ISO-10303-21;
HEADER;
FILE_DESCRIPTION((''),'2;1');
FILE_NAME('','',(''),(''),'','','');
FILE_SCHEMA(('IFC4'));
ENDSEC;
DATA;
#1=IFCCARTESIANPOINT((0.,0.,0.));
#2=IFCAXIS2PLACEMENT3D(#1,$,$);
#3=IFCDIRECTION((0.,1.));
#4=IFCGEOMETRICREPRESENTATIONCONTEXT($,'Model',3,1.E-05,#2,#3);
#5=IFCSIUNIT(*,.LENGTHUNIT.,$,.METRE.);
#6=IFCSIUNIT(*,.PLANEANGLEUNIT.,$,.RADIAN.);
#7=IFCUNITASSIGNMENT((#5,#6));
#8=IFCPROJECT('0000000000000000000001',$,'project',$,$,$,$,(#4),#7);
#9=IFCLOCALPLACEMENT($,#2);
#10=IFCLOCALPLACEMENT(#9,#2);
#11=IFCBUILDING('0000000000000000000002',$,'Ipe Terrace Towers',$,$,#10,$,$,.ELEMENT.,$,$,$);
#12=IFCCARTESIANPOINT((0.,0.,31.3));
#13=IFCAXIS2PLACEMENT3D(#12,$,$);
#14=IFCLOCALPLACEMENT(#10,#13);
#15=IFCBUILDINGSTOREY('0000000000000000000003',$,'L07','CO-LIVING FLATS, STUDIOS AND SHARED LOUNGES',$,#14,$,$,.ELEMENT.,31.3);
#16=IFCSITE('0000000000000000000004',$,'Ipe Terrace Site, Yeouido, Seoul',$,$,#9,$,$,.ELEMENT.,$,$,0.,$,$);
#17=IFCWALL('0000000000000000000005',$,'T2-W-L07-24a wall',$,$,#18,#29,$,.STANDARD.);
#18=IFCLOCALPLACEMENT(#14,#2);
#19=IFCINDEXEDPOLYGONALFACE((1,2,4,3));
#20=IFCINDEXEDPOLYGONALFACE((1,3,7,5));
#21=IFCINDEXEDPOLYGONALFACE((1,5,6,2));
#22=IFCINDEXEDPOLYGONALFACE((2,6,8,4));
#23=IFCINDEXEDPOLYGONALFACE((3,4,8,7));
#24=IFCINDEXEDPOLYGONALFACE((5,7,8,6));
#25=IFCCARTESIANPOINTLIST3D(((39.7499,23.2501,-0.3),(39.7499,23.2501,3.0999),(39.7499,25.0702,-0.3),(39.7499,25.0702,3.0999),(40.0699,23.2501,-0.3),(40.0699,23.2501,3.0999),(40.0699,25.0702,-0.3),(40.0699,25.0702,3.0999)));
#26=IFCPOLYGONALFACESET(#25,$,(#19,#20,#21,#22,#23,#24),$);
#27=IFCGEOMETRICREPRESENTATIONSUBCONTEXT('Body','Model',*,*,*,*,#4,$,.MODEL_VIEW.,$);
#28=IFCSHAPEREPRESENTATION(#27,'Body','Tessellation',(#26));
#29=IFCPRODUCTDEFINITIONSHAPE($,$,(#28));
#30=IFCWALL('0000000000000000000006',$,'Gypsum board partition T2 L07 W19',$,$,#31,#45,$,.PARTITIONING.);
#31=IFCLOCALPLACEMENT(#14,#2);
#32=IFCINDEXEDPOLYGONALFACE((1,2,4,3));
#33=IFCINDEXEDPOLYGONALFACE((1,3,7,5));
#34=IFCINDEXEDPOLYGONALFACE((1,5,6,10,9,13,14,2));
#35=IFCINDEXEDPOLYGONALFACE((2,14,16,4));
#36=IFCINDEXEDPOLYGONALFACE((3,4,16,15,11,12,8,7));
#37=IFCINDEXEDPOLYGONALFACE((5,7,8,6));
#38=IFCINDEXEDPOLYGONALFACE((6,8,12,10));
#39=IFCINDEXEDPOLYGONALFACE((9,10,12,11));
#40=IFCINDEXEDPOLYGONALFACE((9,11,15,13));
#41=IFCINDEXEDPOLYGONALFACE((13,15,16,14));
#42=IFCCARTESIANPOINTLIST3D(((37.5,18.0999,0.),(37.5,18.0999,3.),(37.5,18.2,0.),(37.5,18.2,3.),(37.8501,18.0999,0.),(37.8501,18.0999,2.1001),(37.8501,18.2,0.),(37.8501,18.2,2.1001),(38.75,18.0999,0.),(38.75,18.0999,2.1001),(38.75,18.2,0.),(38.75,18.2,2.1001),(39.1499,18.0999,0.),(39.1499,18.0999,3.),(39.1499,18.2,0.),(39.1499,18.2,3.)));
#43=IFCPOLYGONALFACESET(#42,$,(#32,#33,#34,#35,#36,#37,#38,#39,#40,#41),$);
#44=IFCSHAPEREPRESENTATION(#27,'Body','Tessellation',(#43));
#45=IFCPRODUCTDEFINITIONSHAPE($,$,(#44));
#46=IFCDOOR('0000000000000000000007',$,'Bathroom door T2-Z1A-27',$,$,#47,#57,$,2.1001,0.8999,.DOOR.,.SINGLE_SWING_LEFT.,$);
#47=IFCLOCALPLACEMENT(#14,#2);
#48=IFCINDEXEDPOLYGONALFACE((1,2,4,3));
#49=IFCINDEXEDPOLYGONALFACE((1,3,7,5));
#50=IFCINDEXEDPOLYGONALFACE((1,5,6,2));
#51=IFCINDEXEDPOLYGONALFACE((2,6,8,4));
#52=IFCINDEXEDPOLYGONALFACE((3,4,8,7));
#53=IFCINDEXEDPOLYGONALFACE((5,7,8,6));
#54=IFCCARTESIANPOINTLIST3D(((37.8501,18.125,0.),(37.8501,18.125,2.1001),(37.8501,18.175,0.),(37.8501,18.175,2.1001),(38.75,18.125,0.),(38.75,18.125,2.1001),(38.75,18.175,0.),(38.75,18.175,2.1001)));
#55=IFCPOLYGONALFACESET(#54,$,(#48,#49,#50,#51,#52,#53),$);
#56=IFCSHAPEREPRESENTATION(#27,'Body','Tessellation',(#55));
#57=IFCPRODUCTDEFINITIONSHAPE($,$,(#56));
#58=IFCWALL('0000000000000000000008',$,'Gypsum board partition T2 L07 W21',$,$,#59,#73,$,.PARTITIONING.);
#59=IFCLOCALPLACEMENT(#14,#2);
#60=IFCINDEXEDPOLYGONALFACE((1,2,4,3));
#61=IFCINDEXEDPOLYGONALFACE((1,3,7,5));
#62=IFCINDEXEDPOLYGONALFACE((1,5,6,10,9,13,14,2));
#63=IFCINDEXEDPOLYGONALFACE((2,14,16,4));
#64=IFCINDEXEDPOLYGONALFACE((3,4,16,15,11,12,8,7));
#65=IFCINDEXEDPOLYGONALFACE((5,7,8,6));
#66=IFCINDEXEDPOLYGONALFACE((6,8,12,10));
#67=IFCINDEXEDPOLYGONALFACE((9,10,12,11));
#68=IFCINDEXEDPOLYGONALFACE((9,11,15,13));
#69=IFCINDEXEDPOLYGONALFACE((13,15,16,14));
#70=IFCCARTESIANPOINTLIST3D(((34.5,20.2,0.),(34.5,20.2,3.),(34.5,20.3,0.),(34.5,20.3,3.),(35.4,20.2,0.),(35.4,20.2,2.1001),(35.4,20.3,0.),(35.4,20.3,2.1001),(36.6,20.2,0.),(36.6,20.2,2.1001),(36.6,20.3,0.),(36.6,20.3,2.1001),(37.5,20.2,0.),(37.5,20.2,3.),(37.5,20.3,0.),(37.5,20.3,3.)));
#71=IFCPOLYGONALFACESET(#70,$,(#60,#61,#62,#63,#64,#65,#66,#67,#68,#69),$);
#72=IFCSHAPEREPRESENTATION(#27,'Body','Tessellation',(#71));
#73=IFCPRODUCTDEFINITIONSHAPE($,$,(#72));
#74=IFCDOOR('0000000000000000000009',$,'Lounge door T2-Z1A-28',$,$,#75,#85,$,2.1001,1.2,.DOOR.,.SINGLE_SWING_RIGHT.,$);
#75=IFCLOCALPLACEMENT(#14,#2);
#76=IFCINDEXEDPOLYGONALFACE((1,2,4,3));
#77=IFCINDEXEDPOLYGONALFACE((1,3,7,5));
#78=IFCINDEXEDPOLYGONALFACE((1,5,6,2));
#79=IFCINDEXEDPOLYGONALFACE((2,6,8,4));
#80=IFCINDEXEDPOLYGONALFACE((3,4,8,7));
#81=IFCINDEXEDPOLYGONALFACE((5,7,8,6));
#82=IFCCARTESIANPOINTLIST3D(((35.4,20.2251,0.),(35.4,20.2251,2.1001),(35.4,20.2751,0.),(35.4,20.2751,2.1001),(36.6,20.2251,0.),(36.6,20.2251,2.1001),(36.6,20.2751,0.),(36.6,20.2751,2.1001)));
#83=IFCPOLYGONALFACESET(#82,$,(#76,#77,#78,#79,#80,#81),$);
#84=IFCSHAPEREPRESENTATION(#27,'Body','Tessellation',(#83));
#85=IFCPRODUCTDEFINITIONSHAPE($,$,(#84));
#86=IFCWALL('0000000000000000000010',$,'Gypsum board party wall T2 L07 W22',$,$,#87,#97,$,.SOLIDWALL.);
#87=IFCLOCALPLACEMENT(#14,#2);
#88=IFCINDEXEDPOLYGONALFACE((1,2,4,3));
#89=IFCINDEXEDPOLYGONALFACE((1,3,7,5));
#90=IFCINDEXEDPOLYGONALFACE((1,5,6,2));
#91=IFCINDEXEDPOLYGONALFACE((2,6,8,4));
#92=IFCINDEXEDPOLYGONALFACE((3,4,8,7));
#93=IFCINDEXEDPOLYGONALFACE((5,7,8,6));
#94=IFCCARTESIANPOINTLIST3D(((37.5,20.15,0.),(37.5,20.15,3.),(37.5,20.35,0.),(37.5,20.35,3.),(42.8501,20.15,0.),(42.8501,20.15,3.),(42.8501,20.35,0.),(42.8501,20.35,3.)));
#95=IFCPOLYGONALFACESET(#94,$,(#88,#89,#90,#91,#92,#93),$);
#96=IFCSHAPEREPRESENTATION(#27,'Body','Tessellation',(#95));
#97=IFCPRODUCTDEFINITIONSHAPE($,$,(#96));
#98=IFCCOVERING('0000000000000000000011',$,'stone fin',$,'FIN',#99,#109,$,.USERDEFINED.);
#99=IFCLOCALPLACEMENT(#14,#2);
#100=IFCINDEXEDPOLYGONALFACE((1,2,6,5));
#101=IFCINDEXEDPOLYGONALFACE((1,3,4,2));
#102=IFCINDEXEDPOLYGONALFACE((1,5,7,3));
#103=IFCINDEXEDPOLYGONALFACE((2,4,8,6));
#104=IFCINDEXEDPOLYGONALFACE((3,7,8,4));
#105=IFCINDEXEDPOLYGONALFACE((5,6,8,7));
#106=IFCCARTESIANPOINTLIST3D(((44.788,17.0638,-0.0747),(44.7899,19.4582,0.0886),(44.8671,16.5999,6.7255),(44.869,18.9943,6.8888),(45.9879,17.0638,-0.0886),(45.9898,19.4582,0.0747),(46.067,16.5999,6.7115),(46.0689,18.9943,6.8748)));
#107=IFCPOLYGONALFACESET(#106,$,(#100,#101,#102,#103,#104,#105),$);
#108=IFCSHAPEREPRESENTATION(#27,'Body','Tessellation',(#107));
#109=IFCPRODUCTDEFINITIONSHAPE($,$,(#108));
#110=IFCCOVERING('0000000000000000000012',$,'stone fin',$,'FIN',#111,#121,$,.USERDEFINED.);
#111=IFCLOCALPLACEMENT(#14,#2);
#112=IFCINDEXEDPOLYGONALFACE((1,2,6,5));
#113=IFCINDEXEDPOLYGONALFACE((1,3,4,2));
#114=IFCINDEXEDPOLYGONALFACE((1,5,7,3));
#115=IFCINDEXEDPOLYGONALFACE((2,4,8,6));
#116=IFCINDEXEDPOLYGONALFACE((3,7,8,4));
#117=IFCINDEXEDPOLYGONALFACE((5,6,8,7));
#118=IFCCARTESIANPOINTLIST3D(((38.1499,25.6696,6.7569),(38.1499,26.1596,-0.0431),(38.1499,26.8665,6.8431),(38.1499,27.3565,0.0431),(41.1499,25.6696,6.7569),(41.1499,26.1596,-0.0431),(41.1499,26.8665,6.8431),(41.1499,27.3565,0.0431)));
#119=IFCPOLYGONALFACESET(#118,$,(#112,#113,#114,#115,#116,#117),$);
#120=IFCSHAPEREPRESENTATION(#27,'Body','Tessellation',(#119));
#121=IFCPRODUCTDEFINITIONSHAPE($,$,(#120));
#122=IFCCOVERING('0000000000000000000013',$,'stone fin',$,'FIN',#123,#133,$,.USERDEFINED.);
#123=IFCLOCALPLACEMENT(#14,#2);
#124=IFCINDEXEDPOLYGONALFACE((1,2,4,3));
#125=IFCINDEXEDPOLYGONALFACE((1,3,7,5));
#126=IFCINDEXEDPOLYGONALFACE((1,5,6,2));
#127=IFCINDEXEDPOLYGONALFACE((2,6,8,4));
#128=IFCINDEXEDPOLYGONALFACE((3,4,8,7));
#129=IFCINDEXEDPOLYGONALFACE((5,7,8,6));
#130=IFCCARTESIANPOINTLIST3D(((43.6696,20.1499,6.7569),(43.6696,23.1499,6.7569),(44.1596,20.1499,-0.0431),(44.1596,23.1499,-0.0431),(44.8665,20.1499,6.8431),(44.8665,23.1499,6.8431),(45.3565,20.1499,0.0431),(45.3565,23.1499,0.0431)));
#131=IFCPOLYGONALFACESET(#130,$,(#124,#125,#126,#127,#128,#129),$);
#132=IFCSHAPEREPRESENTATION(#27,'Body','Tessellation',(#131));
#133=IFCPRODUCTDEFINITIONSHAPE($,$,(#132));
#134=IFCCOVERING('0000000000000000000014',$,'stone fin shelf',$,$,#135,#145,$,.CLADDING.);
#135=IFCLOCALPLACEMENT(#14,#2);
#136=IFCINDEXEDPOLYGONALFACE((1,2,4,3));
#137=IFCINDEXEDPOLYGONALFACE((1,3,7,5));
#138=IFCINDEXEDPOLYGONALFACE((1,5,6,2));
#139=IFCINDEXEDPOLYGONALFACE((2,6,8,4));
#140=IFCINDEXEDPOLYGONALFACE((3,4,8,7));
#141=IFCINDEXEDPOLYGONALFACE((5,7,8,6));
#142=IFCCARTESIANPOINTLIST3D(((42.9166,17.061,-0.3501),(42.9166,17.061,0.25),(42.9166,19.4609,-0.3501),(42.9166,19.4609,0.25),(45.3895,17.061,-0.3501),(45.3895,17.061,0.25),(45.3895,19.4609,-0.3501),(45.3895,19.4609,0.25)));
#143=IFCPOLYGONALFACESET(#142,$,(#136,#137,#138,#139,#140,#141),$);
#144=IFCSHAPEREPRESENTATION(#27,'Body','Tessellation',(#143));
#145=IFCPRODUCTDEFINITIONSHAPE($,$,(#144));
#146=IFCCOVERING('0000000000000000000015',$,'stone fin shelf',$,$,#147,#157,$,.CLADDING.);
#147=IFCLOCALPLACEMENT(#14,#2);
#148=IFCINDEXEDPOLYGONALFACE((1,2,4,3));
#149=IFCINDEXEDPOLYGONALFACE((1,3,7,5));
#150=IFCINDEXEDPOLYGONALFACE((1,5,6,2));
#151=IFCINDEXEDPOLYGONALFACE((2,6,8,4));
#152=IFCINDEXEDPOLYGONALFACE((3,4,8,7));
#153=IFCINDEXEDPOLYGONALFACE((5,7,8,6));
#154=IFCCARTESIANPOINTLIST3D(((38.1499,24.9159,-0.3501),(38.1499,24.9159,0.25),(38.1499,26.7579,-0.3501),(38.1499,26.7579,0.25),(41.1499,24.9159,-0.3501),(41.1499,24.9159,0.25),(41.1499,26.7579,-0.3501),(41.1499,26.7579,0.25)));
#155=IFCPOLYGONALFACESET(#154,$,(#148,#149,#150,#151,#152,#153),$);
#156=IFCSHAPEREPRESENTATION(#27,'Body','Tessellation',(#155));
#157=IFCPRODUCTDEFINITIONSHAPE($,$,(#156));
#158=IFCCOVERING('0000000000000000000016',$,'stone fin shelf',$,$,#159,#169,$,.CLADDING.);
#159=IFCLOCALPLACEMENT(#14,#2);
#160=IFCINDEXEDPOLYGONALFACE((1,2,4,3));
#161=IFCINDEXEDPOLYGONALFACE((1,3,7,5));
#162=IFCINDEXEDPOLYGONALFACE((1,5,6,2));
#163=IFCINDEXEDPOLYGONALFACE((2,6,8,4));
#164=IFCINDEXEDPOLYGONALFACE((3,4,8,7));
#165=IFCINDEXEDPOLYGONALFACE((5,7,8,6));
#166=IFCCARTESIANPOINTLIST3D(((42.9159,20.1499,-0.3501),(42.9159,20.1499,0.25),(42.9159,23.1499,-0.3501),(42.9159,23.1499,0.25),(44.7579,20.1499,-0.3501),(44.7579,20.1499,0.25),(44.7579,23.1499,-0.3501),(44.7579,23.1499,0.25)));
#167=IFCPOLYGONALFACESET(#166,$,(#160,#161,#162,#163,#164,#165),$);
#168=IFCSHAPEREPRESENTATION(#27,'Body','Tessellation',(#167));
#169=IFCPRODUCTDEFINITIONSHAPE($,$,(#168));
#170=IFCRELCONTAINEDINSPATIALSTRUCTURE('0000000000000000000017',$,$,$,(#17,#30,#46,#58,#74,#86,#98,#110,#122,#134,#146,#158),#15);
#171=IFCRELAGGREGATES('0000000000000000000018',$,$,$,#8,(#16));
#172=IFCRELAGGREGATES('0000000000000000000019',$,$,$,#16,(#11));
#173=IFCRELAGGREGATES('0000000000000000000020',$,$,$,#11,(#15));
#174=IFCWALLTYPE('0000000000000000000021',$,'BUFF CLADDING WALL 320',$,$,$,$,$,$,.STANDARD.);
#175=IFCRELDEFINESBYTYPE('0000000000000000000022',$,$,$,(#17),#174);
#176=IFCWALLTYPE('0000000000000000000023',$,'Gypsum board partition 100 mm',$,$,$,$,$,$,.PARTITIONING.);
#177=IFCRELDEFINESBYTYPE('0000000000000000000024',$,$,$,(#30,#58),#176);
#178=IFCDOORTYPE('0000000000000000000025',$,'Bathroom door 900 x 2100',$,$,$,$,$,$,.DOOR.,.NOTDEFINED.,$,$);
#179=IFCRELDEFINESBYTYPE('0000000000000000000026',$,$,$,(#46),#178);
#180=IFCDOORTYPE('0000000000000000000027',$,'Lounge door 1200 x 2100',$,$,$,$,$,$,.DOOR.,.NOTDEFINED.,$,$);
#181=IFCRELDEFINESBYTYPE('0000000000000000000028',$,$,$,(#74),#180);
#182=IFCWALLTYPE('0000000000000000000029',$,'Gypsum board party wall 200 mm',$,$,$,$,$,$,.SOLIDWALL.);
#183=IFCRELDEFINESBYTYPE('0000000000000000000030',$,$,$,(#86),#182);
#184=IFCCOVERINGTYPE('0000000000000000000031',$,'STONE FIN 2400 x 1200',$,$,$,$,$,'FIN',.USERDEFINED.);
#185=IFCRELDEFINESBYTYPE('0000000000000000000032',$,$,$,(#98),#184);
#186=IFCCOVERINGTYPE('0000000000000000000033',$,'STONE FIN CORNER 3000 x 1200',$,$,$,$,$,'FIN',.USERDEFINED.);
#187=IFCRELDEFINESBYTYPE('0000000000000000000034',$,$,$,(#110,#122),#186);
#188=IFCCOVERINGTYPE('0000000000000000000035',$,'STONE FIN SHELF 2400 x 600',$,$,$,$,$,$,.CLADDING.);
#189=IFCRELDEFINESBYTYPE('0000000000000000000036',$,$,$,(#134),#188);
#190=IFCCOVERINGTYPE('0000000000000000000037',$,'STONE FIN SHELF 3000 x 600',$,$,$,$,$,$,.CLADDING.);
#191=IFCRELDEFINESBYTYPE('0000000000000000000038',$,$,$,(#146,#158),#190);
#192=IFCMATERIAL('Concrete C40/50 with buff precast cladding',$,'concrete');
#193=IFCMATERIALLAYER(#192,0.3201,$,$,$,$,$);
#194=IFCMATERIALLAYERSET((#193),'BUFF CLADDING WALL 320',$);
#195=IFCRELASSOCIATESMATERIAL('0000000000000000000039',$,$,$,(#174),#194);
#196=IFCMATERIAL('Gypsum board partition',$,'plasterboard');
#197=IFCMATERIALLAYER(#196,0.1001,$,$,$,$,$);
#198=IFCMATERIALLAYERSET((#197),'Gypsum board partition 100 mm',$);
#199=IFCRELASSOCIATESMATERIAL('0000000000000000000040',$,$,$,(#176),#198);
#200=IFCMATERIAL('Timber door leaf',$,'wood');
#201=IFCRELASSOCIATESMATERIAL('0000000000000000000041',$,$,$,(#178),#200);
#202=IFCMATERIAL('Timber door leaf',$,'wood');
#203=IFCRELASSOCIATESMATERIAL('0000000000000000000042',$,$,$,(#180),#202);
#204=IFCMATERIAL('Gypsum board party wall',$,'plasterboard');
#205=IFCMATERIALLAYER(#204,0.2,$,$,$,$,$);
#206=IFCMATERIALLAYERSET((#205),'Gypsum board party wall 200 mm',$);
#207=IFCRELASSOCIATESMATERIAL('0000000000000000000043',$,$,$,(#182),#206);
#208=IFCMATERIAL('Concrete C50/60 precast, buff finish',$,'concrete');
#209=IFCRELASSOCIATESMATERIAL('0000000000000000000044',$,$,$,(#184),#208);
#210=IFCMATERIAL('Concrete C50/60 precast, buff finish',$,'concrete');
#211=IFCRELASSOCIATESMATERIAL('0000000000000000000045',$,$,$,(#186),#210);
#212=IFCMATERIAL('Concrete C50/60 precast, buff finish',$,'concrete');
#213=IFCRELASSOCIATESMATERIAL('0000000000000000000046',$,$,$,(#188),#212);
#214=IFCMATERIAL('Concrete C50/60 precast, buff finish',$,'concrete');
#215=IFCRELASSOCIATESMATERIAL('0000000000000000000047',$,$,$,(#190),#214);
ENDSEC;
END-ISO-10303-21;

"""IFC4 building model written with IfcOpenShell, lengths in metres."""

from ifc_helpers import new_model, si_unit, direction, frame, frame_2d, origin, origin_2d, place, context, subcontext, project, spatial, rectangle, extrude, material, layer, layer_set, material_profile, profile_set, type_object, element, fill, save


model = new_model("IFC4")

# Units and contexts
model_context = context("Model", 3, precision=1e-05, world=origin(), true_north=direction((0.0, 1.0)))
body_context = subcontext(model_context, "Body", "Model", "MODEL_VIEW")
ifc_project = project(units=[si_unit("LENGTHUNIT", "METRE"), si_unit("PLANEANGLEUNIT", "RADIAN")], contexts=[model_context])

# Site, building, storey
site_placement = place(None, origin())
site = spatial("IfcSite", under=ifc_project, at=site_placement, Name="Ipe Terrace Site, Yeouido, Seoul", CompositionType="ELEMENT", RefElevation=0.0)
building_placement = place(site_placement, origin())
building = spatial("IfcBuilding", under=site, at=building_placement, Name="Ipe Terrace Towers", CompositionType="ELEMENT")
storey_placement = place(building_placement, frame((0.0, 0.0, 31.3)))
storey = spatial("IfcBuildingStorey", under=building, at=storey_placement, Name="L07", Description="CO-LIVING FLATS, STUDIOS AND SHARED LOUNGES", CompositionType="ELEMENT", Elevation=31.3)

# Wall
ifc_material_1 = material(Name="Concrete C40/50 with buff precast cladding", Category="concrete")
ifc_layer_1 = layer(ifc_material_1, 0.3201)
ifc_layer_set_1 = layer_set([ifc_layer_1], Name="BUFF CLADDING WALL 320")
wall_type_1 = type_object("IfcWallType", Name="BUFF CLADDING WALL 320", PredefinedType="STANDARD", material=ifc_layer_set_1)
wall_1_placement = place(storey_placement, frame((39.9099, 23.25, -0.3), z_axis=(0.0, 0.0, 1.0), x_axis=(0.0, 1.0, 0.0)))
element("IfcWall", 1, at=wall_1_placement, inside=storey, type_object=wall_type_1, Name="T2-W-L07-24a wall", PredefinedType="STANDARD", context=body_context, shape_type="SweptSolid", body=[
    extrude(rectangle(XDim=1.8201, YDim=0.3201, at=frame_2d((0.9102, 0.0))), origin(), (0.0, 0.0, 1.0), 3.3999),
])

# Walls, openings, doors
ifc_material_2 = material(Name="Gypsum board partition", Category="plasterboard")
ifc_layer_2 = layer(ifc_material_2, 0.1001)
ifc_layer_set_2 = layer_set([ifc_layer_2], Name="Gypsum board partition 100 mm")
wall_type_2 = type_object("IfcWallType", Name="Gypsum board partition 100 mm", PredefinedType="PARTITIONING", material=ifc_layer_set_2)
wall_2_placement = place(storey_placement, frame((39.1499, 18.1499, 0.0), z_axis=(0.0, 0.0, 1.0), x_axis=(-1.0, 0.0, 0.0)))
wall_2 = element("IfcWall", 2, at=wall_2_placement, inside=storey, type_object=wall_type_2, Name="Gypsum board partition T2 L07 W19", PredefinedType="PARTITIONING", context=body_context, shape_type="SweptSolid", body=[
    extrude(rectangle(XDim=1.6499, YDim=0.1001, at=frame_2d((0.825, 0.0))), origin(), (0.0, 0.0, 1.0), 3.0),
])
opening_1_placement = place(wall_2_placement, frame((0.3999, 0.0, 0.0)))
opening_1 = element("IfcOpeningElement", 3, at=opening_1_placement, cuts=wall_2, PredefinedType="OPENING", context=body_context, shape_type="SweptSolid", body=[
    extrude(rectangle(XDim=0.8999, YDim=2.1001, at=frame_2d((0.45, 1.05))), frame((0.0, 0.0601, 0.0), z_axis=(0.0, -1.0, 0.0), x_axis=(1.0, 0.0, 0.0)), (0.0, 0.0, 1.0), 0.1201),
])
ifc_material_3 = material(Name="Timber door leaf", Category="wood")
door_type_1 = type_object("IfcDoorType", Name="Bathroom door 900 x 2100", OperationType="NOTDEFINED", PredefinedType="DOOR", material=ifc_material_3)
door_1_placement = place(opening_1_placement, origin())
door_1 = element("IfcDoor", 4, at=door_1_placement, inside=storey, type_object=door_type_1, Name="Bathroom door T2-Z1A-27", OperationType="SINGLE_SWING_LEFT", OverallHeight=2.1001, OverallWidth=0.8999, PredefinedType="DOOR", context=body_context, shape_type="SweptSolid", body=[
    extrude(rectangle(XDim=0.8999, YDim=2.1001, at=frame_2d((0.45, 1.05))), frame((0.0, 0.0249, 0.0), z_axis=(0.0, -1.0, 0.0), x_axis=(1.0, 0.0, 0.0)), (0.0, 0.0, 1.0), 0.05),
])
fill(opening_1, door_1)
wall_3_placement = place(storey_placement, frame((37.5, 20.25, 0.0), z_axis=(0.0, 0.0, 1.0), x_axis=(-1.0, 0.0, 0.0)))
wall_3 = element("IfcWall", 5, at=wall_3_placement, inside=storey, type_object=wall_type_2, Name="Gypsum board partition T2 L07 W21", PredefinedType="PARTITIONING", context=body_context, shape_type="SweptSolid", body=[
    extrude(rectangle(XDim=3.0, YDim=0.1001, at=frame_2d((1.5, 0.0))), origin(), (0.0, 0.0, 1.0), 3.0),
])
opening_2_placement = place(wall_3_placement, frame((0.8999, 0.0, 0.0)))
opening_2 = element("IfcOpeningElement", 6, at=opening_2_placement, cuts=wall_3, PredefinedType="OPENING", context=body_context, shape_type="SweptSolid", body=[
    extrude(rectangle(XDim=1.2, YDim=2.1001, at=frame_2d((0.6001, 1.05))), frame((0.0, 0.0601, 0.0), z_axis=(0.0, -1.0, 0.0), x_axis=(1.0, 0.0, 0.0)), (0.0, 0.0, 1.0), 0.1201),
])
ifc_material_4 = material(Name="Timber door leaf", Category="wood")
door_type_2 = type_object("IfcDoorType", Name="Lounge door 1200 x 2100", OperationType="NOTDEFINED", PredefinedType="DOOR", material=ifc_material_4)
door_2_placement = place(opening_2_placement, origin())
door_2 = element("IfcDoor", 7, at=door_2_placement, inside=storey, type_object=door_type_2, Name="Lounge door T2-Z1A-28", OperationType="SINGLE_SWING_RIGHT", OverallHeight=2.1001, OverallWidth=1.2, PredefinedType="DOOR", context=body_context, shape_type="SweptSolid", body=[
    extrude(rectangle(XDim=1.2, YDim=2.1001, at=frame_2d((0.6001, 1.05))), frame((0.0, 0.0249, 0.0), z_axis=(0.0, -1.0, 0.0), x_axis=(1.0, 0.0, 0.0)), (0.0, 0.0, 1.0), 0.05),
])
fill(opening_2, door_2)

# Wall
ifc_material_5 = material(Name="Gypsum board party wall", Category="plasterboard")
ifc_layer_3 = layer(ifc_material_5, 0.2)
ifc_layer_set_3 = layer_set([ifc_layer_3], Name="Gypsum board party wall 200 mm")
wall_type_3 = type_object("IfcWallType", Name="Gypsum board party wall 200 mm", PredefinedType="SOLIDWALL", material=ifc_layer_set_3)
wall_4_placement = place(storey_placement, frame((42.8501, 20.25, 0.0), z_axis=(0.0, 0.0, 1.0), x_axis=(-1.0, 0.0, 0.0)))
element("IfcWall", 8, at=wall_4_placement, inside=storey, type_object=wall_type_3, Name="Gypsum board party wall T2 L07 W22", PredefinedType="SOLIDWALL", context=body_context, shape_type="SweptSolid", body=[
    extrude(rectangle(XDim=5.3501, YDim=0.2, at=frame_2d((2.675, 0.0))), origin(), (0.0, 0.0, 1.0), 3.0),
])

# Coverings
ifc_material_6 = material(Name="Concrete C50/60 precast, buff finish", Category="concrete")
ifc_material_profile_1 = material_profile(ifc_material_6, rectangle(XDim=2.3999, YDim=1.2, at=origin_2d()), Name="STONE FIN 2400 x 1200")
ifc_profile_set_1 = profile_set([ifc_material_profile_1], Name="Concrete C50/60 precast, buff finish")
covering_type_1 = type_object("IfcCoveringType", Name="STONE FIN 2400 x 1200", ElementType="FIN", PredefinedType="USERDEFINED", material=ifc_profile_set_1)
covering_1_placement = place(storey_placement, frame((45.3889, 18.261, 0.0), z_axis=(0.011605, -0.068053, 0.997614), x_axis=(0.000792, 0.997682, 0.068048)))
element("IfcCovering", 9, at=covering_1_placement, inside=storey, type_object=covering_type_1, Name="stone fin", ObjectType="FIN", PredefinedType="USERDEFINED", context=body_context, shape_type="SweptSolid", body=[
    extrude(rectangle(XDim=2.3999, YDim=1.2, at=origin_2d()), origin(), (0.0, 0.0, 1.0), 6.8164),
])
ifc_material_7 = material(Name="Concrete C50/60 precast, buff finish", Category="concrete")
ifc_material_profile_2 = material_profile(ifc_material_7, rectangle(XDim=3.0, YDim=1.2, at=origin_2d()), Name="STONE FIN CORNER 3000 x 1200")
ifc_profile_set_2 = profile_set([ifc_material_profile_2], Name="Concrete C50/60 precast, buff finish")
covering_type_2 = type_object("IfcCoveringType", Name="STONE FIN CORNER 3000 x 1200", ElementType="FIN", PredefinedType="USERDEFINED", material=ifc_profile_set_2)
for number, where, z_axis, x_axis, name in (
    (10, (39.6499, 26.7581, 0.0), (0.0, -0.071871, 0.997414), (-1.0, 0.0, 0.0), "stone fin"),
    (11, (44.7581, 21.6499, 0.0), (-0.071871, 0.0, 0.997414), (0.0, 1.0, 0.0), "stone fin"),
):
    element("IfcCovering", number, at=place(storey_placement, frame(where, z_axis=z_axis, x_axis=x_axis)), inside=storey, type_object=covering_type_2, Name=name, ObjectType="FIN", PredefinedType="USERDEFINED", context=body_context, shape_type="SweptSolid", body=[
        extrude(rectangle(XDim=3.0, YDim=1.2, at=origin_2d()), origin(), (0.0, 0.0, 1.0), 6.8176),
    ])
ifc_material_8 = material(Name="Concrete C50/60 precast, buff finish", Category="concrete")
covering_type_3 = type_object("IfcCoveringType", Name="STONE FIN SHELF 2400 x 600", PredefinedType="CLADDING", material=ifc_material_8)
covering_2_placement = place(storey_placement, frame((44.1531, 18.261, -0.3501), z_axis=(0.0, 0.0, 1.0), x_axis=(0.0, 1.0, 0.0)))
element("IfcCovering", 12, at=covering_2_placement, inside=storey, type_object=covering_type_3, Name="stone fin shelf", PredefinedType="CLADDING", context=body_context, shape_type="SweptSolid", body=[
    extrude(rectangle(XDim=2.3999, YDim=2.4729, at=origin_2d()), origin(), (0.0, 0.0, 1.0), 0.6001),
])
ifc_material_9 = material(Name="Concrete C50/60 precast, buff finish", Category="concrete")
covering_type_4 = type_object("IfcCoveringType", Name="STONE FIN SHELF 3000 x 600", PredefinedType="CLADDING", material=ifc_material_9)
for number, where, z_axis, x_axis, name in (
    (13, (39.6499, 25.8369, -0.3501), (0.0, 0.0, 1.0), (-1.0, 0.0, 0.0), "stone fin shelf"),
    (14, (43.8369, 21.6499, -0.3501), (0.0, 0.0, 1.0), (0.0, 1.0, 0.0), "stone fin shelf"),
):
    element("IfcCovering", number, at=place(storey_placement, frame(where, z_axis=z_axis, x_axis=x_axis)), inside=storey, type_object=covering_type_4, Name=name, PredefinedType="CLADDING", context=body_context, shape_type="SweptSolid", body=[
        extrude(rectangle(XDim=3.0, YDim=1.842, at=origin_2d()), origin(), (0.0, 0.0, 1.0), 0.6001),
    ])

save(model, "model.ifc")
